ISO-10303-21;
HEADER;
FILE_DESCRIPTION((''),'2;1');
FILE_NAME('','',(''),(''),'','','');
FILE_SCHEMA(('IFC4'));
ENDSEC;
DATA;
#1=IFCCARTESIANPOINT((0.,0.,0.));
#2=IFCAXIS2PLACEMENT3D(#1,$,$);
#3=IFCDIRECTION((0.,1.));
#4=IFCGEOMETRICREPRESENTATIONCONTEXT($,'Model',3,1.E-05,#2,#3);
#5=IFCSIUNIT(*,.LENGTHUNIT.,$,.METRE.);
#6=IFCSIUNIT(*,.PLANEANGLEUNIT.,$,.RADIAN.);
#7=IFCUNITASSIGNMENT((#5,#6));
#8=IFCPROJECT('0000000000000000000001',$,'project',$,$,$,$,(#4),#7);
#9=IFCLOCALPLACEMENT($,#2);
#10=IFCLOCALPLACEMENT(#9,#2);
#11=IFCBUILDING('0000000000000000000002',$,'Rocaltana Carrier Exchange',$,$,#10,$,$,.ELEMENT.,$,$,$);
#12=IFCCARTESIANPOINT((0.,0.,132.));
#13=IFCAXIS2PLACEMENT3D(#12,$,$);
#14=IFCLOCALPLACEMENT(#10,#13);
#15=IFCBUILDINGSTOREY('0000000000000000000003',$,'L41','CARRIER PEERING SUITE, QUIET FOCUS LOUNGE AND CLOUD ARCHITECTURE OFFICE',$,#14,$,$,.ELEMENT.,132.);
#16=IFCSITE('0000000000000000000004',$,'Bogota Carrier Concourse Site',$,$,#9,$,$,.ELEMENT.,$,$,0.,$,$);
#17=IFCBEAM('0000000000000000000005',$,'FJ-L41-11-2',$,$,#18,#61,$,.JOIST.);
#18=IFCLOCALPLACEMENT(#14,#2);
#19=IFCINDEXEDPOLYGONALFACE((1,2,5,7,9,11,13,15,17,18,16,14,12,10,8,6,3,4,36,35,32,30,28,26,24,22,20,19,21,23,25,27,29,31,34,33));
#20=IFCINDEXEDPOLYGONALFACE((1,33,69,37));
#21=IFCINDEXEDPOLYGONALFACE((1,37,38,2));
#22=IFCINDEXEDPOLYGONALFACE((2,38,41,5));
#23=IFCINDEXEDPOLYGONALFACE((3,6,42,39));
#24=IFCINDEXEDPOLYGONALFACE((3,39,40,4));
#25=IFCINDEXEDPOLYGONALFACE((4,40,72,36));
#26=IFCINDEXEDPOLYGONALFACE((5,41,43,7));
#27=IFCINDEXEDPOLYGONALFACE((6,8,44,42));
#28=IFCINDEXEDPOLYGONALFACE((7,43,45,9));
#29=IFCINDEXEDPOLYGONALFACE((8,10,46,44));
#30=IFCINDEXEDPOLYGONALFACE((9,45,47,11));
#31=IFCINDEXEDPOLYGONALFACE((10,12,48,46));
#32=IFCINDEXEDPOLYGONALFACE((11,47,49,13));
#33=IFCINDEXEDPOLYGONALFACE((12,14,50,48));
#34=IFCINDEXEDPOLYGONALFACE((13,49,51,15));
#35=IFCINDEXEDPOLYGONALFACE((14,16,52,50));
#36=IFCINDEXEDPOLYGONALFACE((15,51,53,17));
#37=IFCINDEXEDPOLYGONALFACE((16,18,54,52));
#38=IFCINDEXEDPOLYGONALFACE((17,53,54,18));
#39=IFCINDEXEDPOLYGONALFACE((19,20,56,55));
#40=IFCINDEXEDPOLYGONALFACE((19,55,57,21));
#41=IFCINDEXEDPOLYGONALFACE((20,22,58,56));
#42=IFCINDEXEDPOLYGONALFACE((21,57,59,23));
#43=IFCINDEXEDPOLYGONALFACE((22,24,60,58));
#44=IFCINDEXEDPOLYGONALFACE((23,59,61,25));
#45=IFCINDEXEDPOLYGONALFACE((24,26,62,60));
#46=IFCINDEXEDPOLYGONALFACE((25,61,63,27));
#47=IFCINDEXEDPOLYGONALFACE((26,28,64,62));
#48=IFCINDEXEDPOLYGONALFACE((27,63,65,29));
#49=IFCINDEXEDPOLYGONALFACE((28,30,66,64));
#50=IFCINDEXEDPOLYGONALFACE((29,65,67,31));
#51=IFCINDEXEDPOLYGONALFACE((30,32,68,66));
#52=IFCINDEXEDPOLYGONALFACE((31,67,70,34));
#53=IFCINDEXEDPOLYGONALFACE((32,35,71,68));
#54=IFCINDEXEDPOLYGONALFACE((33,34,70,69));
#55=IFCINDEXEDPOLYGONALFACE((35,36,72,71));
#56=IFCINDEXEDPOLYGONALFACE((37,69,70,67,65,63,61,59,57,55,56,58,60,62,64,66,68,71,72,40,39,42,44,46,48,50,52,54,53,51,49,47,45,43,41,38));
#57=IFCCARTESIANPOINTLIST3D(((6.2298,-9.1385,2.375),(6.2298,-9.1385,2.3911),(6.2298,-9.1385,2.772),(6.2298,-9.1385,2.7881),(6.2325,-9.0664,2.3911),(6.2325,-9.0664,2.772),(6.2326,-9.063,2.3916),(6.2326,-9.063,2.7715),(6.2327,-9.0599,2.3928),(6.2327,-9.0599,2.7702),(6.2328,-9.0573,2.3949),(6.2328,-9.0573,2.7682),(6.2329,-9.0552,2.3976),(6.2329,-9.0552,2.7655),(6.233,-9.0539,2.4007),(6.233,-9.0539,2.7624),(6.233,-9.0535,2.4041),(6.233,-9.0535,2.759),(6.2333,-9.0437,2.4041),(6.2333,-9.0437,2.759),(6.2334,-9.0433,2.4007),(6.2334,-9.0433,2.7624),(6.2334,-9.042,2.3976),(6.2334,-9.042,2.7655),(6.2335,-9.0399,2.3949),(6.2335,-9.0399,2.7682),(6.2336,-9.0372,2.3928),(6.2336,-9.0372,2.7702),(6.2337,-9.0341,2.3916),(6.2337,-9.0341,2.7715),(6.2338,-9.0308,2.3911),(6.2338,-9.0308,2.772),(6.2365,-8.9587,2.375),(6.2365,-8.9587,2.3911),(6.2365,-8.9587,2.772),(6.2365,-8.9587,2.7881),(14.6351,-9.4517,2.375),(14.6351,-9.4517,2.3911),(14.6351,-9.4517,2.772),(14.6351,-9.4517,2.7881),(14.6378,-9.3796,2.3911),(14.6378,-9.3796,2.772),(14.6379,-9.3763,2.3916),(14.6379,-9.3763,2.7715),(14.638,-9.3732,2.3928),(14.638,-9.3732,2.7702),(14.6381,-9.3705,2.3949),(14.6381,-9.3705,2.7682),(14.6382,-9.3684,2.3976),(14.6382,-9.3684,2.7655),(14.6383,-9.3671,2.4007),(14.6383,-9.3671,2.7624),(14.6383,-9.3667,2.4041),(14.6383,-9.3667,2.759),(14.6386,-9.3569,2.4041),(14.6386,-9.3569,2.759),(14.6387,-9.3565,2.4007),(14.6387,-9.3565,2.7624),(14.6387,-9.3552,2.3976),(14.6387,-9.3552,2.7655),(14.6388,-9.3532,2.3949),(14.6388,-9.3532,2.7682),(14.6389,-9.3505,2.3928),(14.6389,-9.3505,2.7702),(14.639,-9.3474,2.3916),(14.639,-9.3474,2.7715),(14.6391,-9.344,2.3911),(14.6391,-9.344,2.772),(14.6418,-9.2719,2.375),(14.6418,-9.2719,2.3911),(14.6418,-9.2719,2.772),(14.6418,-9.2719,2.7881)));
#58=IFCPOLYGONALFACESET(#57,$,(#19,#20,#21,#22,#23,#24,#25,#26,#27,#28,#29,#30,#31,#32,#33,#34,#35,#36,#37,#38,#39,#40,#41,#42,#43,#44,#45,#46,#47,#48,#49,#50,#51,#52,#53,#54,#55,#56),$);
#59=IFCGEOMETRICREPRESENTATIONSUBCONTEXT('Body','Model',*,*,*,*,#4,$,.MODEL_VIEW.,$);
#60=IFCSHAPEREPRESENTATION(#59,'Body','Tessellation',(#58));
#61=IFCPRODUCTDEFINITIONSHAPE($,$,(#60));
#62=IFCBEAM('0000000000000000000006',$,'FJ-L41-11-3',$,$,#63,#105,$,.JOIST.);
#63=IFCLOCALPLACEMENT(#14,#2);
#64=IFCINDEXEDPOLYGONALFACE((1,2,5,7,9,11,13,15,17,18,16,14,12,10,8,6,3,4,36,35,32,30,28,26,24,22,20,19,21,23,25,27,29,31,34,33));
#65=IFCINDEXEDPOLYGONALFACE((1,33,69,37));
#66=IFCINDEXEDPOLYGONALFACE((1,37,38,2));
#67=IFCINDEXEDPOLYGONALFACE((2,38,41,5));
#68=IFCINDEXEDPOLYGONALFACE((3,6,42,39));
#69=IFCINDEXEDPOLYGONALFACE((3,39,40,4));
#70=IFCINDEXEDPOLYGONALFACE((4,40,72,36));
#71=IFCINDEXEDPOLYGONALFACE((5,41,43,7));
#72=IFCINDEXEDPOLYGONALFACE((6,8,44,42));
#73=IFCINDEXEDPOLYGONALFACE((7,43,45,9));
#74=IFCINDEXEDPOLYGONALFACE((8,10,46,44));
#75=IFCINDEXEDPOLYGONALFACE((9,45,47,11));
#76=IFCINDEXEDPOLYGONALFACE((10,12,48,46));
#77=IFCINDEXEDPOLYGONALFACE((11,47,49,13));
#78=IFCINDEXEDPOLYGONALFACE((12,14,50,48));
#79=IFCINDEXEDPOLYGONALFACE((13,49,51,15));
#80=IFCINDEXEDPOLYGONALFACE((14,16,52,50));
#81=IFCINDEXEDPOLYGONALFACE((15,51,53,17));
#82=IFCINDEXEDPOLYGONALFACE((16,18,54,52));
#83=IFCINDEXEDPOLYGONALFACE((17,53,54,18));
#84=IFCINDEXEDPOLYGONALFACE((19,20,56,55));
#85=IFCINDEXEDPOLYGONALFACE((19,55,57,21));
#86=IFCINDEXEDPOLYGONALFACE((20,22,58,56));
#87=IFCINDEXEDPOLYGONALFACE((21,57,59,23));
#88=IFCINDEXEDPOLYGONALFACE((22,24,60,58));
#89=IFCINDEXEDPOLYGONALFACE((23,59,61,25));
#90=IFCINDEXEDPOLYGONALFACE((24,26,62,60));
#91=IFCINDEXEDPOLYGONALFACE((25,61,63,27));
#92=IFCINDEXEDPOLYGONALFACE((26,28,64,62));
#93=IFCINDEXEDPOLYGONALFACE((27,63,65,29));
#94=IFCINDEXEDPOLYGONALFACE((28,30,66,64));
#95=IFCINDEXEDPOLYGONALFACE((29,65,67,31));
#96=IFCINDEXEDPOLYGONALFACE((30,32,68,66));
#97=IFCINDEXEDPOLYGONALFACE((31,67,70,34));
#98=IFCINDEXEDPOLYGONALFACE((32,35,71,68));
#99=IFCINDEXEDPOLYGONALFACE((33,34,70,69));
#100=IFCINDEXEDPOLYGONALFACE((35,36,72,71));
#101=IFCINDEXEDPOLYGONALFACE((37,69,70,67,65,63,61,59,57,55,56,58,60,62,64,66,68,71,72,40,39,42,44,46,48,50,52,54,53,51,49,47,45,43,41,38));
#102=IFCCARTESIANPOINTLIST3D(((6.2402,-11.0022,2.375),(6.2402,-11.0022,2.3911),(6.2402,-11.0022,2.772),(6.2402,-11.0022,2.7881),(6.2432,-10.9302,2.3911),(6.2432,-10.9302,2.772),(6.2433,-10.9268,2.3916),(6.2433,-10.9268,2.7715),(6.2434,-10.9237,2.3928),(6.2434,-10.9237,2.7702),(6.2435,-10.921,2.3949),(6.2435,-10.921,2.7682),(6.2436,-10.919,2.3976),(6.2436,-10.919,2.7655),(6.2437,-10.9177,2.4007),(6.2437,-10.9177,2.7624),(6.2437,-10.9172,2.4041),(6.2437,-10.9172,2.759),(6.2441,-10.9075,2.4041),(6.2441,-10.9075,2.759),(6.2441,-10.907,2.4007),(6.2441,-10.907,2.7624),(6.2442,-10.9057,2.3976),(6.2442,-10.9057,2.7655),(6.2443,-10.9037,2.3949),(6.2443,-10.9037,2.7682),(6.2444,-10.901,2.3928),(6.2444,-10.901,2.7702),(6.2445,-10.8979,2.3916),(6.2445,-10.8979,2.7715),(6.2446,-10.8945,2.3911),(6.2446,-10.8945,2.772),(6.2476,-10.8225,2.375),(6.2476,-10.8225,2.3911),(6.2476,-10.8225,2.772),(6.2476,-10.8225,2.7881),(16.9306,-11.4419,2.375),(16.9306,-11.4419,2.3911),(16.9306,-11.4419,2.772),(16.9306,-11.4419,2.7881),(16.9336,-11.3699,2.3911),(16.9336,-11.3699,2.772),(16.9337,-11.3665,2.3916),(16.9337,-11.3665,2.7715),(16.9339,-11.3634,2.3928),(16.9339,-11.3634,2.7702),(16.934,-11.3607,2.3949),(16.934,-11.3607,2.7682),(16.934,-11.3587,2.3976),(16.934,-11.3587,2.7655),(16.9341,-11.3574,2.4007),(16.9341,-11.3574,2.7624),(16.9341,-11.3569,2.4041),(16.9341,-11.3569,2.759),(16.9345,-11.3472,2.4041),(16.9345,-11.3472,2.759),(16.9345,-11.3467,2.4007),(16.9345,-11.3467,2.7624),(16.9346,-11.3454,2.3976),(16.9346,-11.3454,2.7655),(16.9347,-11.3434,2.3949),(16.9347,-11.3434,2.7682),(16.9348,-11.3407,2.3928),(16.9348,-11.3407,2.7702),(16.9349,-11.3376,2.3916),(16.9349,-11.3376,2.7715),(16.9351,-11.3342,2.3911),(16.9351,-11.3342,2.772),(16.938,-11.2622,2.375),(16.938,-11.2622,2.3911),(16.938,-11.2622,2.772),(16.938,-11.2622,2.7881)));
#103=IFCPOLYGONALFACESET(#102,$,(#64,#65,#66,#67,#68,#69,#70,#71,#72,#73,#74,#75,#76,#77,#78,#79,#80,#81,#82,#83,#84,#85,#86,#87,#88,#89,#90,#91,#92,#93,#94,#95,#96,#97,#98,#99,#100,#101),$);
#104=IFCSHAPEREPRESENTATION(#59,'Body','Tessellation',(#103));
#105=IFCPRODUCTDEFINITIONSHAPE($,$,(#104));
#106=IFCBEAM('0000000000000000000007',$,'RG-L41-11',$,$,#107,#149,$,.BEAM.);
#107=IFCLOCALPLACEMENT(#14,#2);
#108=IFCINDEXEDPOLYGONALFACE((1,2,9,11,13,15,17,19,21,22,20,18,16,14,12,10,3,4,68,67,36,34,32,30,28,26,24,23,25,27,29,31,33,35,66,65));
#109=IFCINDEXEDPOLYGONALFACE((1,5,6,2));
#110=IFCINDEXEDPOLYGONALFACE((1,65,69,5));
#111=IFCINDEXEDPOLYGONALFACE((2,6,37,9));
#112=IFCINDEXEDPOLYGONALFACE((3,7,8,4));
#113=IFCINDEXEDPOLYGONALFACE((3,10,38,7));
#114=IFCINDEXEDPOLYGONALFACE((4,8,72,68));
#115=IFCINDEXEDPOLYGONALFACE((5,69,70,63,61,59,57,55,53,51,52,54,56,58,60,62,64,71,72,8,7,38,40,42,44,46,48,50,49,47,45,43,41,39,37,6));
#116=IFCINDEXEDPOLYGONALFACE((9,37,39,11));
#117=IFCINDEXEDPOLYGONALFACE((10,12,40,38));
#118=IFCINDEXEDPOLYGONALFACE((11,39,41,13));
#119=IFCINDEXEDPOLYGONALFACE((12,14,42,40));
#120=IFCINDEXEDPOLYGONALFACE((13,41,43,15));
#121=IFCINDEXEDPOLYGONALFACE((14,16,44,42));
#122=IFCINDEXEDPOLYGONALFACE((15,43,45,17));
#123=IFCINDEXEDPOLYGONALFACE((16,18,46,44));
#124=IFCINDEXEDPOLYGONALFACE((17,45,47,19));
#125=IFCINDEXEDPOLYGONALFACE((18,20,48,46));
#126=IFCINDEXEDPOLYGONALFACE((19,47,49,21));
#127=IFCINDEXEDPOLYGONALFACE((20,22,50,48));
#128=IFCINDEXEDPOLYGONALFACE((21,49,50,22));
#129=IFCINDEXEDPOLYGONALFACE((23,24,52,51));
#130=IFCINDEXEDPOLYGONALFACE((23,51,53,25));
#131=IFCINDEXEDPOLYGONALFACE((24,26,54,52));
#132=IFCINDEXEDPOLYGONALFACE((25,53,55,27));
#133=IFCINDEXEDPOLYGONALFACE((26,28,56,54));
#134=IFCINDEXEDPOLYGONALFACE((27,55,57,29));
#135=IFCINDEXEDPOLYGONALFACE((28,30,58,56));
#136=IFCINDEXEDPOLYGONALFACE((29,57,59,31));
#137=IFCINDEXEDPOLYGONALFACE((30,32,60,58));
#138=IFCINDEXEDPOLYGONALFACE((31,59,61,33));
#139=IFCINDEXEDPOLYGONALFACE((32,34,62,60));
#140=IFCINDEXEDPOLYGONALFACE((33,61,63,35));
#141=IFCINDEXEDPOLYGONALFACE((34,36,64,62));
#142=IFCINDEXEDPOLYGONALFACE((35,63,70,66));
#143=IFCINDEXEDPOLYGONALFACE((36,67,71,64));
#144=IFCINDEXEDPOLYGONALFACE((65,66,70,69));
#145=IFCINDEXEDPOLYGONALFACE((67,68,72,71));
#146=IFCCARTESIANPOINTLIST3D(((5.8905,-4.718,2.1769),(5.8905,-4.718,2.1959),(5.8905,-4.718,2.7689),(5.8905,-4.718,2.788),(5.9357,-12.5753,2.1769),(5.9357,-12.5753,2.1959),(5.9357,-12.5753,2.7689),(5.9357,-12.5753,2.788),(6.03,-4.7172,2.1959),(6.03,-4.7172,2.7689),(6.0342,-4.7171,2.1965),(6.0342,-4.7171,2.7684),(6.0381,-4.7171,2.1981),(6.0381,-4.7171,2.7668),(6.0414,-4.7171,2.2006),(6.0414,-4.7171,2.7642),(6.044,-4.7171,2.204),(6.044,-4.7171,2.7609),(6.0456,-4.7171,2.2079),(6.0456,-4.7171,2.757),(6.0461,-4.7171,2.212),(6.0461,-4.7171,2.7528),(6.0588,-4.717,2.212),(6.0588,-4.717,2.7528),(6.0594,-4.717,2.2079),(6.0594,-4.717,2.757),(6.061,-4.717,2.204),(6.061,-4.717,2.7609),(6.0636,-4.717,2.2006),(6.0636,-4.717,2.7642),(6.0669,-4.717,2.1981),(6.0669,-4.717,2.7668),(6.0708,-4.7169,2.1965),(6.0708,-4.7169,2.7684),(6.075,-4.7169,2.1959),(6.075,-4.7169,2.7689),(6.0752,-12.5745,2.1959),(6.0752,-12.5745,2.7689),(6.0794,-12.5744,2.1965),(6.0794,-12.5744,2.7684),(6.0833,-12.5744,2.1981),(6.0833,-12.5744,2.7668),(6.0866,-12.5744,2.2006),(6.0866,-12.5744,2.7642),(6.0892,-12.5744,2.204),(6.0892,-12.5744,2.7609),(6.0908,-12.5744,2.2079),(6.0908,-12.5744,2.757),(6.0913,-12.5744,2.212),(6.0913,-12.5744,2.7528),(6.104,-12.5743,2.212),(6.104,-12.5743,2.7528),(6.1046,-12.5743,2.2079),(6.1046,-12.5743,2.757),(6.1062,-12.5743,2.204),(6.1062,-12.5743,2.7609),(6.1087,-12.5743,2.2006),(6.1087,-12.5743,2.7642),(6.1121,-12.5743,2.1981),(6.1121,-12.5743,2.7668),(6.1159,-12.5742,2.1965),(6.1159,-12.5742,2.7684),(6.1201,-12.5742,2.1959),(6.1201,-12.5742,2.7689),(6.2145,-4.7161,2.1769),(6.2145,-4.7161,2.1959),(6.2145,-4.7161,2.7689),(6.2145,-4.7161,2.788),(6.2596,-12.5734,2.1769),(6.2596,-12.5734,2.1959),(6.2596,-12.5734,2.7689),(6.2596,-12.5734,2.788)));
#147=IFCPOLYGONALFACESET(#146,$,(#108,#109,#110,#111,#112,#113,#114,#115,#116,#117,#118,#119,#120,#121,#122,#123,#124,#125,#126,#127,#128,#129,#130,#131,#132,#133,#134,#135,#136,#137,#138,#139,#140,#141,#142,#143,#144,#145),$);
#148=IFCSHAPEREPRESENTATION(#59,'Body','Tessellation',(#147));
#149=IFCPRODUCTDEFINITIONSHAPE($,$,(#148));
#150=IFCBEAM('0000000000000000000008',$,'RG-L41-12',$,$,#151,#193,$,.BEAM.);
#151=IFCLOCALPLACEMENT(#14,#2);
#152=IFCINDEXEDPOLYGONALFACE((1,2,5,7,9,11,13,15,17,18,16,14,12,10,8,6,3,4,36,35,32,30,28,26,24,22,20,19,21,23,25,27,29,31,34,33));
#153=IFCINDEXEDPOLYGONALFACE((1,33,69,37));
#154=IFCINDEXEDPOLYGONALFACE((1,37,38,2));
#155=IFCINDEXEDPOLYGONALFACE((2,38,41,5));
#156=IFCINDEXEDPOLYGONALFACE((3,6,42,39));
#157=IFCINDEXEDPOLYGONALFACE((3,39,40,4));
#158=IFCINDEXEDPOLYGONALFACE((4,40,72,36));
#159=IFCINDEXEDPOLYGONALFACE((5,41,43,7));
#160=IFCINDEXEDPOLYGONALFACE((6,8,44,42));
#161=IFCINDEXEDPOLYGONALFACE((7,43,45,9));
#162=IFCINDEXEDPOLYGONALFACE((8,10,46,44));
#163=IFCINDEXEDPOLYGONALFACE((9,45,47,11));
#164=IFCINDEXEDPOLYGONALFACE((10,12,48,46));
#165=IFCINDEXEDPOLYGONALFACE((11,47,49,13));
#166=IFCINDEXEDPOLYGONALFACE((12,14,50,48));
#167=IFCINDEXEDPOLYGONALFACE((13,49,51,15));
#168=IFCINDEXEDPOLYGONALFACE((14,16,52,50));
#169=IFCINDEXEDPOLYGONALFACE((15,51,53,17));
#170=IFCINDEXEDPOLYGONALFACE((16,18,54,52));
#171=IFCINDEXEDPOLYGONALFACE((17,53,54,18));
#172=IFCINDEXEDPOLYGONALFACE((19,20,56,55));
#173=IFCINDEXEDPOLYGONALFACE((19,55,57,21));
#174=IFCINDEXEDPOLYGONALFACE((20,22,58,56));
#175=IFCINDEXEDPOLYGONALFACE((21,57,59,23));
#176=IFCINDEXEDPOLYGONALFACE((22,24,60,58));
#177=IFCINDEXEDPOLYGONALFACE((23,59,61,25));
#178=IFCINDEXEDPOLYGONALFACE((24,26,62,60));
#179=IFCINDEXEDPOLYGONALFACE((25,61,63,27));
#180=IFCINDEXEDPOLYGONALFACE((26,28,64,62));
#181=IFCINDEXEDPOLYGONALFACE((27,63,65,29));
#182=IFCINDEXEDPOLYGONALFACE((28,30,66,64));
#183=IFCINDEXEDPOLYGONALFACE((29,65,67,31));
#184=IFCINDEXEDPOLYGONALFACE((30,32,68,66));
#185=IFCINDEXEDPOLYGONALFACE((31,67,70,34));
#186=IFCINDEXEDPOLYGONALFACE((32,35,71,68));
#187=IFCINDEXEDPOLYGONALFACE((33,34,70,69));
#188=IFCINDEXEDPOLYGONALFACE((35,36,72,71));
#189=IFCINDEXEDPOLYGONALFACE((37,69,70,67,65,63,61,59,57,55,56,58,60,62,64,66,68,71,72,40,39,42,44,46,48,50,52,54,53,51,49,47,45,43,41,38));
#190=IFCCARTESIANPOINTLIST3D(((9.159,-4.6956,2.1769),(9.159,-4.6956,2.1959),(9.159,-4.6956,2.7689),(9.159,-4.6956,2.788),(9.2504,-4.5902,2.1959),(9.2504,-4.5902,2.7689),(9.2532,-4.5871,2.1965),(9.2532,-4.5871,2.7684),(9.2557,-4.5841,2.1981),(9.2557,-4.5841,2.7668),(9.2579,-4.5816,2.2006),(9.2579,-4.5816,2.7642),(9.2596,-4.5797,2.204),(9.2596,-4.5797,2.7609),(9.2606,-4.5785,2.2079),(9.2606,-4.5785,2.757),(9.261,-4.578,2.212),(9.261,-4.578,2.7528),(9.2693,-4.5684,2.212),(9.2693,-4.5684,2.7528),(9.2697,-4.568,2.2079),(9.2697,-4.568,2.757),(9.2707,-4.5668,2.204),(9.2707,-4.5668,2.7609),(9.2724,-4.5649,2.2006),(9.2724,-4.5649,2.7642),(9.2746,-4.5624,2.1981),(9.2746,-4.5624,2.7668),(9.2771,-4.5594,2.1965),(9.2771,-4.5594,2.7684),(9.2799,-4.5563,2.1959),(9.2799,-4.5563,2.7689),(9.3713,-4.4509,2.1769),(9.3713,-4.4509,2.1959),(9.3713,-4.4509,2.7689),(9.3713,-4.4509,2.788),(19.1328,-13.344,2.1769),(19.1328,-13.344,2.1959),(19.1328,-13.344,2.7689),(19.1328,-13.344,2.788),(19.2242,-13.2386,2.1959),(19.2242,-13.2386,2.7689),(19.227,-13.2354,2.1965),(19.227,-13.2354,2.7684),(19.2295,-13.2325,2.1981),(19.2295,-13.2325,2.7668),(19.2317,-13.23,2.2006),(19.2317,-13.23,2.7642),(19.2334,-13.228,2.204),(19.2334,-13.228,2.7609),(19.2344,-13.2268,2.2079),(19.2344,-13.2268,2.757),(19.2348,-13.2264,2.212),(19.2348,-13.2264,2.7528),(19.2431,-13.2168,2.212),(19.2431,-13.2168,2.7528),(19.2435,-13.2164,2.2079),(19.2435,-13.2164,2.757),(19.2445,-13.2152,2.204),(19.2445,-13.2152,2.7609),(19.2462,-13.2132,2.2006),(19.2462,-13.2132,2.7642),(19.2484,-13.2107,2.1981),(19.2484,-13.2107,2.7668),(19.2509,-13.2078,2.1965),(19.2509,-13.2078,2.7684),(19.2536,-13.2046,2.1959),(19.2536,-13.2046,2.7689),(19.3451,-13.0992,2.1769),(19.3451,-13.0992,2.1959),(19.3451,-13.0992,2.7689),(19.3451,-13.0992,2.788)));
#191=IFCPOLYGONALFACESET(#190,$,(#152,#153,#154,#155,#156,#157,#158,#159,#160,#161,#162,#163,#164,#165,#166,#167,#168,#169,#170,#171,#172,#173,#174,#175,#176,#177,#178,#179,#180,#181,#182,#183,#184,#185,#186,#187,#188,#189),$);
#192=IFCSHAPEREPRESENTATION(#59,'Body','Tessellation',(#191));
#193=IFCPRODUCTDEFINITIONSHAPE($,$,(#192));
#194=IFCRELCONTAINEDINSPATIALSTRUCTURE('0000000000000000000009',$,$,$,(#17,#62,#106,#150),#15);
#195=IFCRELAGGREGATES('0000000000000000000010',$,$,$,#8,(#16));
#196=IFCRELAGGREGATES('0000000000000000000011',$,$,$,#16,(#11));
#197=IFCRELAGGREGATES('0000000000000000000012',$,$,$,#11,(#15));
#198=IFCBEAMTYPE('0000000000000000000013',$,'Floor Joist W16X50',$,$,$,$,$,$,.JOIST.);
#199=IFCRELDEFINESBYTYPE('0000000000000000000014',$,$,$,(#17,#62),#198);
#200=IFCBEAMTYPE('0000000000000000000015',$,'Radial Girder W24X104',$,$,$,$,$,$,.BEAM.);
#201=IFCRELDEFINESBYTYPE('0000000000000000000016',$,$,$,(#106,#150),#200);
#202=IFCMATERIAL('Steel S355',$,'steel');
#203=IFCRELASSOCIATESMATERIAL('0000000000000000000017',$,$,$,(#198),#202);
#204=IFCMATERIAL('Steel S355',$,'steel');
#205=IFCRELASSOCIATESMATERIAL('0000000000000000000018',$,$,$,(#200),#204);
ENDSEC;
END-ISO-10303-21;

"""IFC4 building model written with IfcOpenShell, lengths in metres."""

from ifc_helpers import new_model, si_unit, direction, frame, origin, origin_2d, place, context, subcontext, project, spatial, i_section, extrude, material, material_profile, profile_set, type_object, element, save


model = new_model("IFC4")

# Units and contexts
model_context = context("Model", 3, precision=1e-05, world=origin(), true_north=direction((0.0, 1.0)))
body_context = subcontext(model_context, "Body", "Model", "MODEL_VIEW")
ifc_project = project(units=[si_unit("LENGTHUNIT", "METRE"), si_unit("PLANEANGLEUNIT", "RADIAN")], contexts=[model_context])

# Site, building, storey
site_placement = place(None, origin())
site = spatial("IfcSite", under=ifc_project, at=site_placement, Name="Bogota Carrier Concourse Site", CompositionType="ELEMENT", RefElevation=0.0)
building_placement = place(site_placement, origin())
building = spatial("IfcBuilding", under=site, at=building_placement, Name="Rocaltana Carrier Exchange", CompositionType="ELEMENT")
storey_placement = place(building_placement, frame((0.0, 0.0, 132.0)))
storey = spatial("IfcBuildingStorey", under=building, at=storey_placement, Name="L41", Description="CARRIER PEERING SUITE, QUIET FOCUS LOUNGE AND CLOUD ARCHITECTURE OFFICE", CompositionType="ELEMENT", Elevation=132.0)

# Beams
ifc_material_1 = material(Name="Steel S355", Category="steel")
ifc_material_profile_1 = material_profile(ifc_material_1, i_section(OverallWidth=0.1799, OverallDepth=0.4131, WebThickness=0.0098, FlangeThickness=0.0161, FilletRadius=0.0129, at=origin_2d()), Name="W16X50")
ifc_profile_set_1 = profile_set([ifc_material_profile_1], Name="Steel S355")
beam_type_1 = type_object("IfcBeamType", Name="Floor Joist W16X50", PredefinedType="JOIST", material=ifc_profile_set_1)
beam_1_placement = place(storey_placement, frame((6.2332, -9.0486, 2.5815), z_axis=(0.999306, -0.03724, 0.0), x_axis=(0.03724, 0.999306, 0.0)))
element("IfcBeam", 1, at=beam_1_placement, inside=storey, type_object=beam_type_1, Name="FJ-L41-11-2", PredefinedType="JOIST", context=body_context, shape_type="SweptSolid", body=[
    extrude(i_section(OverallWidth=0.1799, OverallDepth=0.4131, WebThickness=0.0098, FlangeThickness=0.0161, FilletRadius=0.0129, at=origin_2d()), origin(), (0.0, 0.0, 1.0), 8.4111),
])
beam_2_placement = place(storey_placement, frame((6.2439, -10.9124, 2.5815), z_axis=(0.999155, -0.041095, 0.0), x_axis=(0.041095, 0.999155, 0.0)))
element("IfcBeam", 2, at=beam_2_placement, inside=storey, type_object=beam_type_1, Name="FJ-L41-11-3", PredefinedType="JOIST", context=body_context, shape_type="SweptSolid", body=[
    extrude(i_section(OverallWidth=0.1799, OverallDepth=0.4131, WebThickness=0.0098, FlangeThickness=0.0161, FilletRadius=0.0129, at=origin_2d()), origin(), (0.0, 0.0, 1.0), 10.6995),
])
ifc_material_2 = material(Name="Steel S355", Category="steel")
ifc_material_profile_2 = material_profile(ifc_material_2, i_section(OverallWidth=0.324, OverallDepth=0.6111, WebThickness=0.0127, FlangeThickness=0.019, FilletRadius=0.0161, at=origin_2d()), Name="W24X104")
ifc_profile_set_2 = profile_set([ifc_material_profile_2], Name="Steel S355")
beam_type_2 = type_object("IfcBeamType", Name="Radial Girder W24X104", PredefinedType="BEAM", material=ifc_profile_set_2)
beam_3_placement = place(storey_placement, frame((6.0525, -4.717, 2.4824), z_axis=(0.005748, -0.999983, 0.0), x_axis=(0.999983, 0.005748, 0.0)))
element("IfcBeam", 3, at=beam_3_placement, inside=storey, type_object=beam_type_2, Name="RG-L41-11", PredefinedType="BEAM", context=body_context, shape_type="SweptSolid", body=[
    extrude(i_section(OverallWidth=0.324, OverallDepth=0.6111, WebThickness=0.0127, FlangeThickness=0.019, FilletRadius=0.0161, at=origin_2d()), origin(), (0.0, 0.0, 1.0), 7.8574),
])
beam_4_placement = place(storey_placement, frame((9.2651, -4.5732, 2.4824), z_axis=(0.755524, -0.655121, 0.0), x_axis=(0.655121, 0.755524, 0.0)))
element("IfcBeam", 4, at=beam_4_placement, inside=storey, type_object=beam_type_2, Name="RG-L41-12", PredefinedType="BEAM", context=body_context, shape_type="SweptSolid", body=[
    extrude(i_section(OverallWidth=0.324, OverallDepth=0.6111, WebThickness=0.0127, FlangeThickness=0.019, FilletRadius=0.0161, at=origin_2d()), origin(), (0.0, 0.0, 1.0), 13.2012),
])

save(model, "model.ifc")
